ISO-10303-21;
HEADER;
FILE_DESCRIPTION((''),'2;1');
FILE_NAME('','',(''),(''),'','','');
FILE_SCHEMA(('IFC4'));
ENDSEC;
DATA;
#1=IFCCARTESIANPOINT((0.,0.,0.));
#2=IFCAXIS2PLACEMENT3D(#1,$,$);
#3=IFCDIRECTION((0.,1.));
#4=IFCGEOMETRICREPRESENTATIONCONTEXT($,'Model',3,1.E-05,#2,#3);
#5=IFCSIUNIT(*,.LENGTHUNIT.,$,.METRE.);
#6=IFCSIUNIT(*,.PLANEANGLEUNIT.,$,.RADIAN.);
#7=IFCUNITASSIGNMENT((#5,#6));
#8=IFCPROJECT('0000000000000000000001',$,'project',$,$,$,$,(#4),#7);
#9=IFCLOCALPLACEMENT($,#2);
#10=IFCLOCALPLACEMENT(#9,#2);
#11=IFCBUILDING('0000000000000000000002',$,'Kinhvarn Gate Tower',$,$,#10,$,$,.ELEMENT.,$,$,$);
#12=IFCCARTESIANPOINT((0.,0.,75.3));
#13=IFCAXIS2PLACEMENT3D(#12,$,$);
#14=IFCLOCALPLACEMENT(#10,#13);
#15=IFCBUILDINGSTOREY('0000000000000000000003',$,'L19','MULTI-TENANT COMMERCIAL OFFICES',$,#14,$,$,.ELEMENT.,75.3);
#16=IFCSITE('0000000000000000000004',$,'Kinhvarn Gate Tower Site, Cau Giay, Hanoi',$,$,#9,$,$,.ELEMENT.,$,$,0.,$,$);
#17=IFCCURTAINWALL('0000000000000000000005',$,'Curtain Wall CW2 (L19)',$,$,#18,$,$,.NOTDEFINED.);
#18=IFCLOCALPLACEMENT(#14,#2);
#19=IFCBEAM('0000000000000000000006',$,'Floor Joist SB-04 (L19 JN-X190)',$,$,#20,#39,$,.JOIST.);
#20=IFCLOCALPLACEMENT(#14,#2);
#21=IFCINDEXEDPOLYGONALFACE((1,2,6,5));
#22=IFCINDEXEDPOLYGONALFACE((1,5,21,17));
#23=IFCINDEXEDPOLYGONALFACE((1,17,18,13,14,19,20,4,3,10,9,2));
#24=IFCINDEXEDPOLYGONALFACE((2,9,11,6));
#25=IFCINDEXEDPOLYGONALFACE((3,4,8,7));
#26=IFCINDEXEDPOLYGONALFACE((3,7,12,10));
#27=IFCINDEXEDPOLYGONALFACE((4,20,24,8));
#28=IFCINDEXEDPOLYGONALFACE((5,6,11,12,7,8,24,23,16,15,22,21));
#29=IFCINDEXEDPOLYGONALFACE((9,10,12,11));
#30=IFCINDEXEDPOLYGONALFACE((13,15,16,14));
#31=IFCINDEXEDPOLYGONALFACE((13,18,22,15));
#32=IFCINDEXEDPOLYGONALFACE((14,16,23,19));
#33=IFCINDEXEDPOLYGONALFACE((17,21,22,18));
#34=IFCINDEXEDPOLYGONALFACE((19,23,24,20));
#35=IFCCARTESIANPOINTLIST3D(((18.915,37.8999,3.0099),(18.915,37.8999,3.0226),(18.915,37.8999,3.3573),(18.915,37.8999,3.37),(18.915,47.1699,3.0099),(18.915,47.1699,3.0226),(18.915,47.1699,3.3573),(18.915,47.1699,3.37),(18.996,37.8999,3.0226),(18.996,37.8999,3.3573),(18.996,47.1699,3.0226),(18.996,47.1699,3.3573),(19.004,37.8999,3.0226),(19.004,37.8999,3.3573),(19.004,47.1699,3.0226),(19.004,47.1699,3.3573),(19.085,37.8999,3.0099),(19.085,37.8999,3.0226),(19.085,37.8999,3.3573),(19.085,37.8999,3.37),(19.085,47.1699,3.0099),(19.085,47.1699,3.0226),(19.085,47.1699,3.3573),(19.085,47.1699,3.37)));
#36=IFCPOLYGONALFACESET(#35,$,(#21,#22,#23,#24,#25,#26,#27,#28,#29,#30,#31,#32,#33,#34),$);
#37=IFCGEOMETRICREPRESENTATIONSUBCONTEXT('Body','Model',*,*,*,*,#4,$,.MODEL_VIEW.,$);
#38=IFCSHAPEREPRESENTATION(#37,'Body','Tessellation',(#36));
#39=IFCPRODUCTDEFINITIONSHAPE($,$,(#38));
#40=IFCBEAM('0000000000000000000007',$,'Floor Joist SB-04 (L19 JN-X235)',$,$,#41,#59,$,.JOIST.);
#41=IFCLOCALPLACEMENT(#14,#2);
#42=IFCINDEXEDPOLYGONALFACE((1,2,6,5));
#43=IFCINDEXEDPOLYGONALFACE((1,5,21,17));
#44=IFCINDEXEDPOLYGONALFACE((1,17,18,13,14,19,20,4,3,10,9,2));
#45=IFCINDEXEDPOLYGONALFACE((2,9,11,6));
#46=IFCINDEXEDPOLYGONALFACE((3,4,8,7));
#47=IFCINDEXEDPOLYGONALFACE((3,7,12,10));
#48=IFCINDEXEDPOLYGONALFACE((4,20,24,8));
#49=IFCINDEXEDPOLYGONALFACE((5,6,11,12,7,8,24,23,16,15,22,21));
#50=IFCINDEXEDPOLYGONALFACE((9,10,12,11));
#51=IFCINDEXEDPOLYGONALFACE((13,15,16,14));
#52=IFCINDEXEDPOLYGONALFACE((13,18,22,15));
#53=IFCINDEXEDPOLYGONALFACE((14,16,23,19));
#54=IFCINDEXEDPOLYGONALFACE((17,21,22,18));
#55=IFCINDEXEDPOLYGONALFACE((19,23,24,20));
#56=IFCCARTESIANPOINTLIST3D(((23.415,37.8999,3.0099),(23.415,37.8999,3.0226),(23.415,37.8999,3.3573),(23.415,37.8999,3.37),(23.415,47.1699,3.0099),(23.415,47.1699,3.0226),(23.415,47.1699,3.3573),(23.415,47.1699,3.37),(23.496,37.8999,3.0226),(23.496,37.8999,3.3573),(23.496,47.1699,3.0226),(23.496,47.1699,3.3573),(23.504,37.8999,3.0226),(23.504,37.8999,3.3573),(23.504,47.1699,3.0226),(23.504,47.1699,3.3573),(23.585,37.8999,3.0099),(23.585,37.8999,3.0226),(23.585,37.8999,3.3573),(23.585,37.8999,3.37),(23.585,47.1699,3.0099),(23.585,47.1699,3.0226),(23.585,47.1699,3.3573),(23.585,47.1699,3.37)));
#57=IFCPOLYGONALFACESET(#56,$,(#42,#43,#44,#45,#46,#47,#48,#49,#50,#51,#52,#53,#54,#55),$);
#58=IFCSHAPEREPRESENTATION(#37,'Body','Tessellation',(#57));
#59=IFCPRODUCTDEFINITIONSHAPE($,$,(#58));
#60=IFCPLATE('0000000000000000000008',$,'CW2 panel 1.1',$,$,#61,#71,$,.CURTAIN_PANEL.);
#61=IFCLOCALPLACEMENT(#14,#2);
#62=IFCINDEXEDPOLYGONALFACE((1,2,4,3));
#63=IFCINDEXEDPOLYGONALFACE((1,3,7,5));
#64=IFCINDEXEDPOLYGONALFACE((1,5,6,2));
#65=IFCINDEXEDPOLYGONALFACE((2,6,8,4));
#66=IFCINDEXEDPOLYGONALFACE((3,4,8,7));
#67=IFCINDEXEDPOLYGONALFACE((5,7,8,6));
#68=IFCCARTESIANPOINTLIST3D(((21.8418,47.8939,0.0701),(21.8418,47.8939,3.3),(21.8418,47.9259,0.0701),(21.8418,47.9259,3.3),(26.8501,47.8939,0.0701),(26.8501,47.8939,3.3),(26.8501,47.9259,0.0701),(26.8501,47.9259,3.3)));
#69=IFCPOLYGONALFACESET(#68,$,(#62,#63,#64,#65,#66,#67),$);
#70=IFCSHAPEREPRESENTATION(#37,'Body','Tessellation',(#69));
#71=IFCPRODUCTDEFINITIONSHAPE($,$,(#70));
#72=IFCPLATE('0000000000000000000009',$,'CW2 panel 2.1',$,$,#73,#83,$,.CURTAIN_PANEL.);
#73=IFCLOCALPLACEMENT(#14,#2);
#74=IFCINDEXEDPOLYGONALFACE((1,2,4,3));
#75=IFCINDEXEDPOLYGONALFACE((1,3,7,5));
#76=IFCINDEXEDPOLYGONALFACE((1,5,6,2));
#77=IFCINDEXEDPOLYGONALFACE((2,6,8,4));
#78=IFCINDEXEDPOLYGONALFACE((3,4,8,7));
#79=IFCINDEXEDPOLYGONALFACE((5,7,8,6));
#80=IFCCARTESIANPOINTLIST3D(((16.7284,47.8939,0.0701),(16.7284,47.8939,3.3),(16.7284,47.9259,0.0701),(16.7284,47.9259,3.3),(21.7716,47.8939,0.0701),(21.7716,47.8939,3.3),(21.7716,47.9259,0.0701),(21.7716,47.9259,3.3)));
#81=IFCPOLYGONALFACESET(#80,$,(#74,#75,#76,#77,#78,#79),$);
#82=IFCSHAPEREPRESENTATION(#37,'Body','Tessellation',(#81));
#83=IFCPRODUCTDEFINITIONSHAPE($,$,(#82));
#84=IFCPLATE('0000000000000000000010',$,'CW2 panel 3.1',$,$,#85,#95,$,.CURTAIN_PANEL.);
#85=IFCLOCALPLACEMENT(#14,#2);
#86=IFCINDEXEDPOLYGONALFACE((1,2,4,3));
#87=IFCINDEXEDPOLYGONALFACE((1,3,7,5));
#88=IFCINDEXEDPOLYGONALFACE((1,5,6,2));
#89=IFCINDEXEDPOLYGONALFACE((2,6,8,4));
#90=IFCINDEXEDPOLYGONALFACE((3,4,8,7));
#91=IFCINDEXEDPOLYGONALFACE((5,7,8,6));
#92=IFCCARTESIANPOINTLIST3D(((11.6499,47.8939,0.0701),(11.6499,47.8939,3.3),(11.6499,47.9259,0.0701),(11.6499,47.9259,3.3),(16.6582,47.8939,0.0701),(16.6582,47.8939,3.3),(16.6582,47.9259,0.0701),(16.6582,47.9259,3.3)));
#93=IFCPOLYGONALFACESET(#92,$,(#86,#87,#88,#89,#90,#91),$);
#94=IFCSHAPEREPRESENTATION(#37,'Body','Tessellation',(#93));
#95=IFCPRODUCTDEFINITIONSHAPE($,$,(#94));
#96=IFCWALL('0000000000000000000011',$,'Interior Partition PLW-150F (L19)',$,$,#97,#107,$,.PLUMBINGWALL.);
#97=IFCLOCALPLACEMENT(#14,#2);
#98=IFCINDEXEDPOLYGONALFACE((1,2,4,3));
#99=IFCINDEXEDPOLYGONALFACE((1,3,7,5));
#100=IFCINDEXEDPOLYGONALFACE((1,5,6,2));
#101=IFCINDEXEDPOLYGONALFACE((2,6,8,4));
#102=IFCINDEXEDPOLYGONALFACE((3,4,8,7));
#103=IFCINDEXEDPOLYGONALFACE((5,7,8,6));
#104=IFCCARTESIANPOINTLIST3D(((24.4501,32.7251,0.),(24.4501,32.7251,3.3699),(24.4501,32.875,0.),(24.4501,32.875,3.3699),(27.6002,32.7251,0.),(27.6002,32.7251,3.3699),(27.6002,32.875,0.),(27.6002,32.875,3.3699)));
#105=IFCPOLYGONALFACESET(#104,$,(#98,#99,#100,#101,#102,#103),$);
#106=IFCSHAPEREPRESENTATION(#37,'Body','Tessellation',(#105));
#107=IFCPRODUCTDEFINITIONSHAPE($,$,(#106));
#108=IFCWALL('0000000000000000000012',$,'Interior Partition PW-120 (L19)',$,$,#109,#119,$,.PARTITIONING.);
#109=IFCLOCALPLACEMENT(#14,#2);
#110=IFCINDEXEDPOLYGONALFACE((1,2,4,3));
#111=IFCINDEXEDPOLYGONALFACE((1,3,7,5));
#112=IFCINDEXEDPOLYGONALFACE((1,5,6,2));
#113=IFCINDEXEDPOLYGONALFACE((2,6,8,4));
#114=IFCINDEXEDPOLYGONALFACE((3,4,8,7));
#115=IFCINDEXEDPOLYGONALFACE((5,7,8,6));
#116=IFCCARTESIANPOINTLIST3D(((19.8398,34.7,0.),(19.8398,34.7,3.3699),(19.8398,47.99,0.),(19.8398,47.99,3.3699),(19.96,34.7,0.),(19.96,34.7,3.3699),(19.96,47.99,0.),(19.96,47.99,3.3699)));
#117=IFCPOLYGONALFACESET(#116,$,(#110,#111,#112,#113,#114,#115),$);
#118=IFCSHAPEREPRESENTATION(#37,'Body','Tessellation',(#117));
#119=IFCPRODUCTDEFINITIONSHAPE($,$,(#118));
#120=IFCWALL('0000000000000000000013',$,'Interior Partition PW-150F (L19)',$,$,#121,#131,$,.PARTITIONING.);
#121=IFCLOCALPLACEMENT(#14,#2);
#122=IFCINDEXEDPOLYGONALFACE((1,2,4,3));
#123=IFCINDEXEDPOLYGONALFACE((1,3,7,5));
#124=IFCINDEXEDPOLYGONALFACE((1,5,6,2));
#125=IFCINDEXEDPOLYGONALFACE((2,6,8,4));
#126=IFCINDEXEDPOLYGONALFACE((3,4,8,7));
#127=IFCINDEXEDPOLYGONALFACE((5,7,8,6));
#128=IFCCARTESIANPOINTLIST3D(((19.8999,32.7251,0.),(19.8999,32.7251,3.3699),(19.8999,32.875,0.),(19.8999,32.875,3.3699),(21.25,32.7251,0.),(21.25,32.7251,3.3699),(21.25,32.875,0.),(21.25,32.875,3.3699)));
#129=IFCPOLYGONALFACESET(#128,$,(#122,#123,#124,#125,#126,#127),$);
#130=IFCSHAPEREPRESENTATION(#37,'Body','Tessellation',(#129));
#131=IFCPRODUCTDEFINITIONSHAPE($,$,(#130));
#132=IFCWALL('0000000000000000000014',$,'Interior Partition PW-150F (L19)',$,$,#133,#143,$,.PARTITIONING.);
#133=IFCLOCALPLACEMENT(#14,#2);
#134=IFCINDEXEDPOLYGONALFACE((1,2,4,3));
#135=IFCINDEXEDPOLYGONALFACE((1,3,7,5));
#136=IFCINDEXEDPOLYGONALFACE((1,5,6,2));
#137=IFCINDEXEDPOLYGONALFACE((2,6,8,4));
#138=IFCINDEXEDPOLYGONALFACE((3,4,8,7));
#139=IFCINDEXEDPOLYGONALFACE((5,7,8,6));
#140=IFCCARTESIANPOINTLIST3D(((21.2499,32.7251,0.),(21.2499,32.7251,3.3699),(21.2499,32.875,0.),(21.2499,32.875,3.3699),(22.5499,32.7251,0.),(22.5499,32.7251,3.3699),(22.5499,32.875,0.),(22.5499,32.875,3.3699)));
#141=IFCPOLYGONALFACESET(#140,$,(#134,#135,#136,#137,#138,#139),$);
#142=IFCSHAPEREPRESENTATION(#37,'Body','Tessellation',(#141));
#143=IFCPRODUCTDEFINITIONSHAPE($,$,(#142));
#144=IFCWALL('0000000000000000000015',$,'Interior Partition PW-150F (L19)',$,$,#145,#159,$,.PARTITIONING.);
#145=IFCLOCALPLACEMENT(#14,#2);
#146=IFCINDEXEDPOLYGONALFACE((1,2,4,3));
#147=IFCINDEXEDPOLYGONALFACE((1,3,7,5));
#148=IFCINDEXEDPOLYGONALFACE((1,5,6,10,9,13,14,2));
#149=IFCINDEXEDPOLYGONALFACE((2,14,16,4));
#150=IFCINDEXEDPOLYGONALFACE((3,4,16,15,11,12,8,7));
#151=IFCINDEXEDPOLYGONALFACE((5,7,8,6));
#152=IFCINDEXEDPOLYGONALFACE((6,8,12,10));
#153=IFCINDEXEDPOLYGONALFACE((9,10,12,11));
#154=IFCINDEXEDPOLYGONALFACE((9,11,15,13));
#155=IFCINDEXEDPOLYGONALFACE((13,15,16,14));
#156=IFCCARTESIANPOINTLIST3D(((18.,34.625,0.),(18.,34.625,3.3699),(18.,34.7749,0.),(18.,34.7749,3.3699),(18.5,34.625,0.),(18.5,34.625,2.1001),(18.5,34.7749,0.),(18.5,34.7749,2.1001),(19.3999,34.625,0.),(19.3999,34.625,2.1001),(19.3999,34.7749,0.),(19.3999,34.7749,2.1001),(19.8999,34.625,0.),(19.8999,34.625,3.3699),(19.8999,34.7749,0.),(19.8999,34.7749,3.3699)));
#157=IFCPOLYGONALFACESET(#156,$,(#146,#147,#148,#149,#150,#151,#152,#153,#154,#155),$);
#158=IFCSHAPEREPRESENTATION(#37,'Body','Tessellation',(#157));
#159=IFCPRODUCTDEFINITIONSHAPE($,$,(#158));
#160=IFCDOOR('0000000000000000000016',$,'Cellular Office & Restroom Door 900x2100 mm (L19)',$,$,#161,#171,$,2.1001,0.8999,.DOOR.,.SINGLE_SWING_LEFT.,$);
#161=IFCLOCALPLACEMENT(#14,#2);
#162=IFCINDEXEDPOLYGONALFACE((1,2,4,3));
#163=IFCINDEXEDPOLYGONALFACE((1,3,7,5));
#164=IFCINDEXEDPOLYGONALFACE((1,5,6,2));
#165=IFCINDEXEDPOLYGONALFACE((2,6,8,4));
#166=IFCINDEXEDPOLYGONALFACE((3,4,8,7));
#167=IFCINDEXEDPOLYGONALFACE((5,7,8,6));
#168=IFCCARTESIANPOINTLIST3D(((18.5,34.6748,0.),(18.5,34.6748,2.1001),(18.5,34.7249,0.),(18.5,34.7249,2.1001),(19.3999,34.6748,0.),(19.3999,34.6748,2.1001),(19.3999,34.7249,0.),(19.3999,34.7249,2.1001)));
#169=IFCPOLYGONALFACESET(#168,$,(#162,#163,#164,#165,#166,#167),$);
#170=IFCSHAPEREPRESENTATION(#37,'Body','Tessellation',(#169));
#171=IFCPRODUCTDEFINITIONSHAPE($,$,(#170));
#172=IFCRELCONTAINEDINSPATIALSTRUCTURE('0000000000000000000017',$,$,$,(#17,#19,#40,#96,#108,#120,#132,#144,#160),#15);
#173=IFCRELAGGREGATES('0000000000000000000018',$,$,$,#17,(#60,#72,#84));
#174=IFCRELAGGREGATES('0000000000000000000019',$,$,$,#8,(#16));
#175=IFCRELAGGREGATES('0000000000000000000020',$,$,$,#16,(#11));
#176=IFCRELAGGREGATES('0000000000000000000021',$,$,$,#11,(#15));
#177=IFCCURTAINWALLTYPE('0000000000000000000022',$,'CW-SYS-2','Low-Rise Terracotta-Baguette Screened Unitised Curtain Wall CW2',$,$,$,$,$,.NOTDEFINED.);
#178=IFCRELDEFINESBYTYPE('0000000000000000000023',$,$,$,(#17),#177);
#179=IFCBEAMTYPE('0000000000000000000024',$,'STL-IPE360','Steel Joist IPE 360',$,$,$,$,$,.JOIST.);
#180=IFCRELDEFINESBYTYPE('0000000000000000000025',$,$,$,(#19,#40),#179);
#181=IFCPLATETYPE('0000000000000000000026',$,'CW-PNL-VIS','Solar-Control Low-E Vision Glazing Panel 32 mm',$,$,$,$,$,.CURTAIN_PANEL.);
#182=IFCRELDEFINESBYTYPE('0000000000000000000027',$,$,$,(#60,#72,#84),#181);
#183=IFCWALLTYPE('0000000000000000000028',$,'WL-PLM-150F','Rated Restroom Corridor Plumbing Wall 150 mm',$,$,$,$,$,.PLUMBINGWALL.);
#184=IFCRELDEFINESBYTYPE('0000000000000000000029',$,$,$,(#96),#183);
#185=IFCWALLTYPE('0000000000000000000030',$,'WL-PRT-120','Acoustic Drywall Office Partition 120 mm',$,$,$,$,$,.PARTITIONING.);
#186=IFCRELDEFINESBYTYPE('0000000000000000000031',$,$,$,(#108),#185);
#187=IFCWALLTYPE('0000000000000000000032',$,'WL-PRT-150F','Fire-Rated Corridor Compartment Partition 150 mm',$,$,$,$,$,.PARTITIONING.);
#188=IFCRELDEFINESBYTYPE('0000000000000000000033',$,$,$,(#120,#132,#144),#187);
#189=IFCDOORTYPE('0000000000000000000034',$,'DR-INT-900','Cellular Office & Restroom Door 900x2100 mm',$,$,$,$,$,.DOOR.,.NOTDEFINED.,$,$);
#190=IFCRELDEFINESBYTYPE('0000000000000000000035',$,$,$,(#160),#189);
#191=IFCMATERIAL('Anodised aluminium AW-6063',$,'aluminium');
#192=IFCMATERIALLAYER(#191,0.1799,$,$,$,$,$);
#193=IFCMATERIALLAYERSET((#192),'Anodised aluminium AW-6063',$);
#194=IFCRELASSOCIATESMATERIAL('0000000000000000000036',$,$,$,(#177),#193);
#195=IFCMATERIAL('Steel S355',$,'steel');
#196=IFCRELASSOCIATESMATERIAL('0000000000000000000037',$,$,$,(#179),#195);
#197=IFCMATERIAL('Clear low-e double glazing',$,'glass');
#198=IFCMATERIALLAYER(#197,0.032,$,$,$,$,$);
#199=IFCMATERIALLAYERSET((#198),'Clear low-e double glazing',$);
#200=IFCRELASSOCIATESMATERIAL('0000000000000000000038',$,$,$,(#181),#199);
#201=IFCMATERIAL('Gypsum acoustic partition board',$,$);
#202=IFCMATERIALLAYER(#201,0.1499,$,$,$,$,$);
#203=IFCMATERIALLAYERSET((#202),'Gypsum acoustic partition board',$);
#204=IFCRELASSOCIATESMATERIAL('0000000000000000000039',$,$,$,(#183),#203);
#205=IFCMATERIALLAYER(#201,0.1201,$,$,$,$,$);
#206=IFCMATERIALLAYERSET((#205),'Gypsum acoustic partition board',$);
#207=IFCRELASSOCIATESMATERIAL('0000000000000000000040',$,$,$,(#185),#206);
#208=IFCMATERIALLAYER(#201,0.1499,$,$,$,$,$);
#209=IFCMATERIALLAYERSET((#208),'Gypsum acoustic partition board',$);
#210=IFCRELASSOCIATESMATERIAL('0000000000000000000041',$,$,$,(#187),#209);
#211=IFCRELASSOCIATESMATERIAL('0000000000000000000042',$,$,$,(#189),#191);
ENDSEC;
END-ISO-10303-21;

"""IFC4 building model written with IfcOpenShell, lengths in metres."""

from ifc_helpers import new_model, si_unit, direction, frame, frame_2d, origin, origin_2d, place, context, subcontext, project, spatial, rectangle, i_section, extrude, material, layer, layer_set, material_profile, profile_set, type_object, element, fill, aggregate, save


model = new_model("IFC4")

# Units and contexts
model_context = context("Model", 3, precision=1e-05, world=origin(), true_north=direction((0.0, 1.0)))
body_context = subcontext(model_context, "Body", "Model", "MODEL_VIEW")
ifc_project = project(units=[si_unit("LENGTHUNIT", "METRE"), si_unit("PLANEANGLEUNIT", "RADIAN")], contexts=[model_context])

# Site, building, storey
site_placement = place(None, origin())
site = spatial("IfcSite", under=ifc_project, at=site_placement, Name="Kinhvarn Gate Tower Site, Cau Giay, Hanoi", CompositionType="ELEMENT", RefElevation=0.0)
building_placement = place(site_placement, origin())
building = spatial("IfcBuilding", under=site, at=building_placement, Name="Kinhvarn Gate Tower", CompositionType="ELEMENT")
storey_placement = place(building_placement, frame((0.0, 0.0, 75.3)))
storey = spatial("IfcBuildingStorey", under=building, at=storey_placement, Name="L19", Description="MULTI-TENANT COMMERCIAL OFFICES", CompositionType="ELEMENT", Elevation=75.3)

# Curtain wall
ifc_material_1 = material(Name="Anodised aluminium AW-6063", Category="aluminium")
ifc_layer_1 = layer(ifc_material_1, 0.1799)
ifc_layer_set_1 = layer_set([ifc_layer_1], Name="Anodised aluminium AW-6063")
curtain_wall_type = type_object("IfcCurtainWallType", Name="CW-SYS-2", Description="Low-Rise Terracotta-Baguette Screened Unitised Curtain Wall CW2", PredefinedType="NOTDEFINED", material=ifc_layer_set_1)
curtain_wall_placement = place(storey_placement, origin())
curtain_wall = element("IfcCurtainWall", 1, at=curtain_wall_placement, inside=storey, type_object=curtain_wall_type, Name="Curtain Wall CW2 (L19)", PredefinedType="NOTDEFINED")

# Beams
ifc_material_2 = material(Name="Steel S355", Category="steel")
ifc_material_profile_1 = material_profile(ifc_material_2, i_section(OverallWidth=0.1699, OverallDepth=0.3601, WebThickness=0.0081, FlangeThickness=0.0127, at=origin_2d()), Name="IPE 360")
ifc_profile_set_1 = profile_set([ifc_material_profile_1], Name="Steel S355")
beam_type_1 = type_object("IfcBeamType", Name="STL-IPE360", Description="Steel Joist IPE 360", PredefinedType="JOIST", material=ifc_profile_set_1)
for number, where, z_axis, x_axis, name in (
    (2, (19.0, 37.8999, 3.1899), (0.0, 1.0, 0.0), (-1.0, 0.0, 0.0), "Floor Joist SB-04 (L19 JN-X190)"),
    (3, (23.5, 37.8999, 3.1899), (0.0, 1.0, 0.0), (-1.0, 0.0, 0.0), "Floor Joist SB-04 (L19 JN-X235)"),
):
    element("IfcBeam", number, at=place(storey_placement, frame(where, z_axis=z_axis, x_axis=x_axis)), inside=storey, type_object=beam_type_1, Name=name, PredefinedType="JOIST", context=body_context, shape_type="SweptSolid", body=[
        extrude(i_section(OverallWidth=0.1699, OverallDepth=0.3601, WebThickness=0.0081, FlangeThickness=0.0127, at=origin_2d()), origin(), (0.0, 0.0, 1.0), 9.27),
    ])

# Plates
ifc_material_3 = material(Name="Clear low-e double glazing", Category="glass")
ifc_layer_2 = layer(ifc_material_3, 0.032)
ifc_layer_set_2 = layer_set([ifc_layer_2], Name="Clear low-e double glazing")
plate_type = type_object("IfcPlateType", Name="CW-PNL-VIS", Description="Solar-Control Low-E Vision Glazing Panel 32 mm", PredefinedType="CURTAIN_PANEL", material=ifc_layer_set_2)
plate_1_placement = place(storey_placement, frame((24.3459, 47.9099, 0.0701), z_axis=(0.0, 0.0, 1.0), x_axis=(-1.0, 0.0, 0.0)))
plate_1 = element("IfcPlate", 4, at=plate_1_placement, type_object=plate_type, Name="CW2 panel 1.1", PredefinedType="CURTAIN_PANEL", context=body_context, shape_type="SweptSolid", body=[
    extrude(rectangle(XDim=5.0083, YDim=0.032, at=origin_2d()), origin(), (0.0, 0.0, 1.0), 3.23),
])
plate_2_placement = place(storey_placement, frame((19.25, 47.9099, 0.0701), z_axis=(0.0, 0.0, 1.0), x_axis=(-1.0, 0.0, 0.0)))
plate_2 = element("IfcPlate", 5, at=plate_2_placement, type_object=plate_type, Name="CW2 panel 2.1", PredefinedType="CURTAIN_PANEL", context=body_context, shape_type="SweptSolid", body=[
    extrude(rectangle(XDim=5.0432, YDim=0.032, at=origin_2d()), origin(), (0.0, 0.0, 1.0), 3.23),
])
plate_3_placement = place(storey_placement, frame((14.1541, 47.9099, 0.0701), z_axis=(0.0, 0.0, 1.0), x_axis=(-1.0, 0.0, 0.0)))
plate_3 = element("IfcPlate", 6, at=plate_3_placement, type_object=plate_type, Name="CW2 panel 3.1", PredefinedType="CURTAIN_PANEL", context=body_context, shape_type="SweptSolid", body=[
    extrude(rectangle(XDim=5.0083, YDim=0.032, at=origin_2d()), origin(), (0.0, 0.0, 1.0), 3.23),
])
aggregate(curtain_wall, [plate_1, plate_2, plate_3])

# Walls
ifc_material_4 = material(Name="Gypsum acoustic partition board")
ifc_layer_3 = layer(ifc_material_4, 0.1499)
ifc_layer_set_3 = layer_set([ifc_layer_3], Name="Gypsum acoustic partition board")
wall_type_1 = type_object("IfcWallType", Name="WL-PLM-150F", Description="Rated Restroom Corridor Plumbing Wall 150 mm", PredefinedType="PLUMBINGWALL", material=ifc_layer_set_3)
wall_1_placement = place(storey_placement, frame((24.45, 32.8, 0.0), z_axis=(0.0, 0.0, 1.0), x_axis=(1.0, 0.0, 0.0)))
element("IfcWall", 7, at=wall_1_placement, inside=storey, type_object=wall_type_1, Name="Interior Partition PLW-150F (L19)", PredefinedType="PLUMBINGWALL", context=body_context, shape_type="SweptSolid", body=[
    extrude(rectangle(XDim=3.1501, YDim=0.1499, at=frame_2d((1.5752, 0.0))), origin(), (0.0, 0.0, 1.0), 3.3699),
])
ifc_layer_4 = layer(ifc_material_4, 0.1201)
ifc_layer_set_4 = layer_set([ifc_layer_4], Name="Gypsum acoustic partition board")
wall_type_2 = type_object("IfcWallType", Name="WL-PRT-120", Description="Acoustic Drywall Office Partition 120 mm", PredefinedType="PARTITIONING", material=ifc_layer_set_4)
wall_2_placement = place(storey_placement, frame((19.8999, 34.7, 0.0), z_axis=(0.0, 0.0, 1.0), x_axis=(0.0, 1.0, 0.0)))
element("IfcWall", 8, at=wall_2_placement, inside=storey, type_object=wall_type_2, Name="Interior Partition PW-120 (L19)", PredefinedType="PARTITIONING", context=body_context, shape_type="SweptSolid", body=[
    extrude(rectangle(XDim=13.29, YDim=0.1201, at=frame_2d((6.645, 0.0))), origin(), (0.0, 0.0, 1.0), 3.3699),
])
ifc_layer_5 = layer(ifc_material_4, 0.1499)
ifc_layer_set_5 = layer_set([ifc_layer_5], Name="Gypsum acoustic partition board")
wall_type_3 = type_object("IfcWallType", Name="WL-PRT-150F", Description="Fire-Rated Corridor Compartment Partition 150 mm", PredefinedType="PARTITIONING", material=ifc_layer_set_5)
wall_3_placement = place(storey_placement, frame((19.8999, 32.8, 0.0), z_axis=(0.0, 0.0, 1.0), x_axis=(1.0, 0.0, 0.0)))
element("IfcWall", 9, at=wall_3_placement, inside=storey, type_object=wall_type_3, Name="Interior Partition PW-150F (L19)", PredefinedType="PARTITIONING", context=body_context, shape_type="SweptSolid", body=[
    extrude(rectangle(XDim=1.3501, YDim=0.1499, at=frame_2d((0.675, 0.0))), origin(), (0.0, 0.0, 1.0), 3.3699),
])
wall_4_placement = place(storey_placement, frame((21.25, 32.8, 0.0), z_axis=(0.0, 0.0, 1.0), x_axis=(1.0, 0.0, 0.0)))
element("IfcWall", 10, at=wall_4_placement, inside=storey, type_object=wall_type_3, Name="Interior Partition PW-150F (L19)", PredefinedType="PARTITIONING", context=body_context, shape_type="SweptSolid", body=[
    extrude(rectangle(XDim=1.3, YDim=0.1499, at=frame_2d((0.6499, 0.0))), origin(), (0.0, 0.0, 1.0), 3.3699),
])

# Wall, opening, door
wall_5_placement = place(storey_placement, frame((18.0, 34.7, 0.0), z_axis=(0.0, 0.0, 1.0), x_axis=(1.0, 0.0, 0.0)))
wall_5 = element("IfcWall", 11, at=wall_5_placement, inside=storey, type_object=wall_type_3, Name="Interior Partition PW-150F (L19)", PredefinedType="PARTITIONING", context=body_context, shape_type="SweptSolid", body=[
    extrude(rectangle(XDim=1.8999, YDim=0.1499, at=frame_2d((0.95, 0.0))), origin(), (0.0, 0.0, 1.0), 3.3699),
])
opening_1_placement = place(wall_5_placement, frame((0.5, 0.0, 0.0)))
opening_1 = element("IfcOpeningElement", 12, at=opening_1_placement, cuts=wall_5, PredefinedType="OPENING", context=body_context, shape_type="SweptSolid", body=[
    extrude(rectangle(XDim=0.8999, YDim=2.1001, at=frame_2d((0.45, 1.05))), frame((0.0, 0.085, 0.0), z_axis=(0.0, -1.0, 0.0), x_axis=(1.0, 0.0, 0.0)), (0.0, 0.0, 1.0), 0.1699),
])
door_type_1 = type_object("IfcDoorType", Name="DR-INT-900", Description="Cellular Office & Restroom Door 900x2100 mm", OperationType="NOTDEFINED", PredefinedType="DOOR", material=ifc_material_1)
door_1_placement = place(opening_1_placement, origin())
door_1 = element("IfcDoor", 13, at=door_1_placement, inside=storey, type_object=door_type_1, Name="Cellular Office & Restroom Door 900x2100 mm (L19)", OperationType="SINGLE_SWING_LEFT", OverallHeight=2.1001, OverallWidth=0.8999, PredefinedType="DOOR", context=body_context, shape_type="SweptSolid", body=[
    extrude(rectangle(XDim=0.8999, YDim=2.1001, at=frame_2d((0.45, 1.05))), frame((0.0, 0.0249, 0.0), z_axis=(0.0, -1.0, 0.0), x_axis=(1.0, 0.0, 0.0)), (0.0, 0.0, 1.0), 0.05),
])
fill(opening_1, door_1)

save(model, "model.ifc")
